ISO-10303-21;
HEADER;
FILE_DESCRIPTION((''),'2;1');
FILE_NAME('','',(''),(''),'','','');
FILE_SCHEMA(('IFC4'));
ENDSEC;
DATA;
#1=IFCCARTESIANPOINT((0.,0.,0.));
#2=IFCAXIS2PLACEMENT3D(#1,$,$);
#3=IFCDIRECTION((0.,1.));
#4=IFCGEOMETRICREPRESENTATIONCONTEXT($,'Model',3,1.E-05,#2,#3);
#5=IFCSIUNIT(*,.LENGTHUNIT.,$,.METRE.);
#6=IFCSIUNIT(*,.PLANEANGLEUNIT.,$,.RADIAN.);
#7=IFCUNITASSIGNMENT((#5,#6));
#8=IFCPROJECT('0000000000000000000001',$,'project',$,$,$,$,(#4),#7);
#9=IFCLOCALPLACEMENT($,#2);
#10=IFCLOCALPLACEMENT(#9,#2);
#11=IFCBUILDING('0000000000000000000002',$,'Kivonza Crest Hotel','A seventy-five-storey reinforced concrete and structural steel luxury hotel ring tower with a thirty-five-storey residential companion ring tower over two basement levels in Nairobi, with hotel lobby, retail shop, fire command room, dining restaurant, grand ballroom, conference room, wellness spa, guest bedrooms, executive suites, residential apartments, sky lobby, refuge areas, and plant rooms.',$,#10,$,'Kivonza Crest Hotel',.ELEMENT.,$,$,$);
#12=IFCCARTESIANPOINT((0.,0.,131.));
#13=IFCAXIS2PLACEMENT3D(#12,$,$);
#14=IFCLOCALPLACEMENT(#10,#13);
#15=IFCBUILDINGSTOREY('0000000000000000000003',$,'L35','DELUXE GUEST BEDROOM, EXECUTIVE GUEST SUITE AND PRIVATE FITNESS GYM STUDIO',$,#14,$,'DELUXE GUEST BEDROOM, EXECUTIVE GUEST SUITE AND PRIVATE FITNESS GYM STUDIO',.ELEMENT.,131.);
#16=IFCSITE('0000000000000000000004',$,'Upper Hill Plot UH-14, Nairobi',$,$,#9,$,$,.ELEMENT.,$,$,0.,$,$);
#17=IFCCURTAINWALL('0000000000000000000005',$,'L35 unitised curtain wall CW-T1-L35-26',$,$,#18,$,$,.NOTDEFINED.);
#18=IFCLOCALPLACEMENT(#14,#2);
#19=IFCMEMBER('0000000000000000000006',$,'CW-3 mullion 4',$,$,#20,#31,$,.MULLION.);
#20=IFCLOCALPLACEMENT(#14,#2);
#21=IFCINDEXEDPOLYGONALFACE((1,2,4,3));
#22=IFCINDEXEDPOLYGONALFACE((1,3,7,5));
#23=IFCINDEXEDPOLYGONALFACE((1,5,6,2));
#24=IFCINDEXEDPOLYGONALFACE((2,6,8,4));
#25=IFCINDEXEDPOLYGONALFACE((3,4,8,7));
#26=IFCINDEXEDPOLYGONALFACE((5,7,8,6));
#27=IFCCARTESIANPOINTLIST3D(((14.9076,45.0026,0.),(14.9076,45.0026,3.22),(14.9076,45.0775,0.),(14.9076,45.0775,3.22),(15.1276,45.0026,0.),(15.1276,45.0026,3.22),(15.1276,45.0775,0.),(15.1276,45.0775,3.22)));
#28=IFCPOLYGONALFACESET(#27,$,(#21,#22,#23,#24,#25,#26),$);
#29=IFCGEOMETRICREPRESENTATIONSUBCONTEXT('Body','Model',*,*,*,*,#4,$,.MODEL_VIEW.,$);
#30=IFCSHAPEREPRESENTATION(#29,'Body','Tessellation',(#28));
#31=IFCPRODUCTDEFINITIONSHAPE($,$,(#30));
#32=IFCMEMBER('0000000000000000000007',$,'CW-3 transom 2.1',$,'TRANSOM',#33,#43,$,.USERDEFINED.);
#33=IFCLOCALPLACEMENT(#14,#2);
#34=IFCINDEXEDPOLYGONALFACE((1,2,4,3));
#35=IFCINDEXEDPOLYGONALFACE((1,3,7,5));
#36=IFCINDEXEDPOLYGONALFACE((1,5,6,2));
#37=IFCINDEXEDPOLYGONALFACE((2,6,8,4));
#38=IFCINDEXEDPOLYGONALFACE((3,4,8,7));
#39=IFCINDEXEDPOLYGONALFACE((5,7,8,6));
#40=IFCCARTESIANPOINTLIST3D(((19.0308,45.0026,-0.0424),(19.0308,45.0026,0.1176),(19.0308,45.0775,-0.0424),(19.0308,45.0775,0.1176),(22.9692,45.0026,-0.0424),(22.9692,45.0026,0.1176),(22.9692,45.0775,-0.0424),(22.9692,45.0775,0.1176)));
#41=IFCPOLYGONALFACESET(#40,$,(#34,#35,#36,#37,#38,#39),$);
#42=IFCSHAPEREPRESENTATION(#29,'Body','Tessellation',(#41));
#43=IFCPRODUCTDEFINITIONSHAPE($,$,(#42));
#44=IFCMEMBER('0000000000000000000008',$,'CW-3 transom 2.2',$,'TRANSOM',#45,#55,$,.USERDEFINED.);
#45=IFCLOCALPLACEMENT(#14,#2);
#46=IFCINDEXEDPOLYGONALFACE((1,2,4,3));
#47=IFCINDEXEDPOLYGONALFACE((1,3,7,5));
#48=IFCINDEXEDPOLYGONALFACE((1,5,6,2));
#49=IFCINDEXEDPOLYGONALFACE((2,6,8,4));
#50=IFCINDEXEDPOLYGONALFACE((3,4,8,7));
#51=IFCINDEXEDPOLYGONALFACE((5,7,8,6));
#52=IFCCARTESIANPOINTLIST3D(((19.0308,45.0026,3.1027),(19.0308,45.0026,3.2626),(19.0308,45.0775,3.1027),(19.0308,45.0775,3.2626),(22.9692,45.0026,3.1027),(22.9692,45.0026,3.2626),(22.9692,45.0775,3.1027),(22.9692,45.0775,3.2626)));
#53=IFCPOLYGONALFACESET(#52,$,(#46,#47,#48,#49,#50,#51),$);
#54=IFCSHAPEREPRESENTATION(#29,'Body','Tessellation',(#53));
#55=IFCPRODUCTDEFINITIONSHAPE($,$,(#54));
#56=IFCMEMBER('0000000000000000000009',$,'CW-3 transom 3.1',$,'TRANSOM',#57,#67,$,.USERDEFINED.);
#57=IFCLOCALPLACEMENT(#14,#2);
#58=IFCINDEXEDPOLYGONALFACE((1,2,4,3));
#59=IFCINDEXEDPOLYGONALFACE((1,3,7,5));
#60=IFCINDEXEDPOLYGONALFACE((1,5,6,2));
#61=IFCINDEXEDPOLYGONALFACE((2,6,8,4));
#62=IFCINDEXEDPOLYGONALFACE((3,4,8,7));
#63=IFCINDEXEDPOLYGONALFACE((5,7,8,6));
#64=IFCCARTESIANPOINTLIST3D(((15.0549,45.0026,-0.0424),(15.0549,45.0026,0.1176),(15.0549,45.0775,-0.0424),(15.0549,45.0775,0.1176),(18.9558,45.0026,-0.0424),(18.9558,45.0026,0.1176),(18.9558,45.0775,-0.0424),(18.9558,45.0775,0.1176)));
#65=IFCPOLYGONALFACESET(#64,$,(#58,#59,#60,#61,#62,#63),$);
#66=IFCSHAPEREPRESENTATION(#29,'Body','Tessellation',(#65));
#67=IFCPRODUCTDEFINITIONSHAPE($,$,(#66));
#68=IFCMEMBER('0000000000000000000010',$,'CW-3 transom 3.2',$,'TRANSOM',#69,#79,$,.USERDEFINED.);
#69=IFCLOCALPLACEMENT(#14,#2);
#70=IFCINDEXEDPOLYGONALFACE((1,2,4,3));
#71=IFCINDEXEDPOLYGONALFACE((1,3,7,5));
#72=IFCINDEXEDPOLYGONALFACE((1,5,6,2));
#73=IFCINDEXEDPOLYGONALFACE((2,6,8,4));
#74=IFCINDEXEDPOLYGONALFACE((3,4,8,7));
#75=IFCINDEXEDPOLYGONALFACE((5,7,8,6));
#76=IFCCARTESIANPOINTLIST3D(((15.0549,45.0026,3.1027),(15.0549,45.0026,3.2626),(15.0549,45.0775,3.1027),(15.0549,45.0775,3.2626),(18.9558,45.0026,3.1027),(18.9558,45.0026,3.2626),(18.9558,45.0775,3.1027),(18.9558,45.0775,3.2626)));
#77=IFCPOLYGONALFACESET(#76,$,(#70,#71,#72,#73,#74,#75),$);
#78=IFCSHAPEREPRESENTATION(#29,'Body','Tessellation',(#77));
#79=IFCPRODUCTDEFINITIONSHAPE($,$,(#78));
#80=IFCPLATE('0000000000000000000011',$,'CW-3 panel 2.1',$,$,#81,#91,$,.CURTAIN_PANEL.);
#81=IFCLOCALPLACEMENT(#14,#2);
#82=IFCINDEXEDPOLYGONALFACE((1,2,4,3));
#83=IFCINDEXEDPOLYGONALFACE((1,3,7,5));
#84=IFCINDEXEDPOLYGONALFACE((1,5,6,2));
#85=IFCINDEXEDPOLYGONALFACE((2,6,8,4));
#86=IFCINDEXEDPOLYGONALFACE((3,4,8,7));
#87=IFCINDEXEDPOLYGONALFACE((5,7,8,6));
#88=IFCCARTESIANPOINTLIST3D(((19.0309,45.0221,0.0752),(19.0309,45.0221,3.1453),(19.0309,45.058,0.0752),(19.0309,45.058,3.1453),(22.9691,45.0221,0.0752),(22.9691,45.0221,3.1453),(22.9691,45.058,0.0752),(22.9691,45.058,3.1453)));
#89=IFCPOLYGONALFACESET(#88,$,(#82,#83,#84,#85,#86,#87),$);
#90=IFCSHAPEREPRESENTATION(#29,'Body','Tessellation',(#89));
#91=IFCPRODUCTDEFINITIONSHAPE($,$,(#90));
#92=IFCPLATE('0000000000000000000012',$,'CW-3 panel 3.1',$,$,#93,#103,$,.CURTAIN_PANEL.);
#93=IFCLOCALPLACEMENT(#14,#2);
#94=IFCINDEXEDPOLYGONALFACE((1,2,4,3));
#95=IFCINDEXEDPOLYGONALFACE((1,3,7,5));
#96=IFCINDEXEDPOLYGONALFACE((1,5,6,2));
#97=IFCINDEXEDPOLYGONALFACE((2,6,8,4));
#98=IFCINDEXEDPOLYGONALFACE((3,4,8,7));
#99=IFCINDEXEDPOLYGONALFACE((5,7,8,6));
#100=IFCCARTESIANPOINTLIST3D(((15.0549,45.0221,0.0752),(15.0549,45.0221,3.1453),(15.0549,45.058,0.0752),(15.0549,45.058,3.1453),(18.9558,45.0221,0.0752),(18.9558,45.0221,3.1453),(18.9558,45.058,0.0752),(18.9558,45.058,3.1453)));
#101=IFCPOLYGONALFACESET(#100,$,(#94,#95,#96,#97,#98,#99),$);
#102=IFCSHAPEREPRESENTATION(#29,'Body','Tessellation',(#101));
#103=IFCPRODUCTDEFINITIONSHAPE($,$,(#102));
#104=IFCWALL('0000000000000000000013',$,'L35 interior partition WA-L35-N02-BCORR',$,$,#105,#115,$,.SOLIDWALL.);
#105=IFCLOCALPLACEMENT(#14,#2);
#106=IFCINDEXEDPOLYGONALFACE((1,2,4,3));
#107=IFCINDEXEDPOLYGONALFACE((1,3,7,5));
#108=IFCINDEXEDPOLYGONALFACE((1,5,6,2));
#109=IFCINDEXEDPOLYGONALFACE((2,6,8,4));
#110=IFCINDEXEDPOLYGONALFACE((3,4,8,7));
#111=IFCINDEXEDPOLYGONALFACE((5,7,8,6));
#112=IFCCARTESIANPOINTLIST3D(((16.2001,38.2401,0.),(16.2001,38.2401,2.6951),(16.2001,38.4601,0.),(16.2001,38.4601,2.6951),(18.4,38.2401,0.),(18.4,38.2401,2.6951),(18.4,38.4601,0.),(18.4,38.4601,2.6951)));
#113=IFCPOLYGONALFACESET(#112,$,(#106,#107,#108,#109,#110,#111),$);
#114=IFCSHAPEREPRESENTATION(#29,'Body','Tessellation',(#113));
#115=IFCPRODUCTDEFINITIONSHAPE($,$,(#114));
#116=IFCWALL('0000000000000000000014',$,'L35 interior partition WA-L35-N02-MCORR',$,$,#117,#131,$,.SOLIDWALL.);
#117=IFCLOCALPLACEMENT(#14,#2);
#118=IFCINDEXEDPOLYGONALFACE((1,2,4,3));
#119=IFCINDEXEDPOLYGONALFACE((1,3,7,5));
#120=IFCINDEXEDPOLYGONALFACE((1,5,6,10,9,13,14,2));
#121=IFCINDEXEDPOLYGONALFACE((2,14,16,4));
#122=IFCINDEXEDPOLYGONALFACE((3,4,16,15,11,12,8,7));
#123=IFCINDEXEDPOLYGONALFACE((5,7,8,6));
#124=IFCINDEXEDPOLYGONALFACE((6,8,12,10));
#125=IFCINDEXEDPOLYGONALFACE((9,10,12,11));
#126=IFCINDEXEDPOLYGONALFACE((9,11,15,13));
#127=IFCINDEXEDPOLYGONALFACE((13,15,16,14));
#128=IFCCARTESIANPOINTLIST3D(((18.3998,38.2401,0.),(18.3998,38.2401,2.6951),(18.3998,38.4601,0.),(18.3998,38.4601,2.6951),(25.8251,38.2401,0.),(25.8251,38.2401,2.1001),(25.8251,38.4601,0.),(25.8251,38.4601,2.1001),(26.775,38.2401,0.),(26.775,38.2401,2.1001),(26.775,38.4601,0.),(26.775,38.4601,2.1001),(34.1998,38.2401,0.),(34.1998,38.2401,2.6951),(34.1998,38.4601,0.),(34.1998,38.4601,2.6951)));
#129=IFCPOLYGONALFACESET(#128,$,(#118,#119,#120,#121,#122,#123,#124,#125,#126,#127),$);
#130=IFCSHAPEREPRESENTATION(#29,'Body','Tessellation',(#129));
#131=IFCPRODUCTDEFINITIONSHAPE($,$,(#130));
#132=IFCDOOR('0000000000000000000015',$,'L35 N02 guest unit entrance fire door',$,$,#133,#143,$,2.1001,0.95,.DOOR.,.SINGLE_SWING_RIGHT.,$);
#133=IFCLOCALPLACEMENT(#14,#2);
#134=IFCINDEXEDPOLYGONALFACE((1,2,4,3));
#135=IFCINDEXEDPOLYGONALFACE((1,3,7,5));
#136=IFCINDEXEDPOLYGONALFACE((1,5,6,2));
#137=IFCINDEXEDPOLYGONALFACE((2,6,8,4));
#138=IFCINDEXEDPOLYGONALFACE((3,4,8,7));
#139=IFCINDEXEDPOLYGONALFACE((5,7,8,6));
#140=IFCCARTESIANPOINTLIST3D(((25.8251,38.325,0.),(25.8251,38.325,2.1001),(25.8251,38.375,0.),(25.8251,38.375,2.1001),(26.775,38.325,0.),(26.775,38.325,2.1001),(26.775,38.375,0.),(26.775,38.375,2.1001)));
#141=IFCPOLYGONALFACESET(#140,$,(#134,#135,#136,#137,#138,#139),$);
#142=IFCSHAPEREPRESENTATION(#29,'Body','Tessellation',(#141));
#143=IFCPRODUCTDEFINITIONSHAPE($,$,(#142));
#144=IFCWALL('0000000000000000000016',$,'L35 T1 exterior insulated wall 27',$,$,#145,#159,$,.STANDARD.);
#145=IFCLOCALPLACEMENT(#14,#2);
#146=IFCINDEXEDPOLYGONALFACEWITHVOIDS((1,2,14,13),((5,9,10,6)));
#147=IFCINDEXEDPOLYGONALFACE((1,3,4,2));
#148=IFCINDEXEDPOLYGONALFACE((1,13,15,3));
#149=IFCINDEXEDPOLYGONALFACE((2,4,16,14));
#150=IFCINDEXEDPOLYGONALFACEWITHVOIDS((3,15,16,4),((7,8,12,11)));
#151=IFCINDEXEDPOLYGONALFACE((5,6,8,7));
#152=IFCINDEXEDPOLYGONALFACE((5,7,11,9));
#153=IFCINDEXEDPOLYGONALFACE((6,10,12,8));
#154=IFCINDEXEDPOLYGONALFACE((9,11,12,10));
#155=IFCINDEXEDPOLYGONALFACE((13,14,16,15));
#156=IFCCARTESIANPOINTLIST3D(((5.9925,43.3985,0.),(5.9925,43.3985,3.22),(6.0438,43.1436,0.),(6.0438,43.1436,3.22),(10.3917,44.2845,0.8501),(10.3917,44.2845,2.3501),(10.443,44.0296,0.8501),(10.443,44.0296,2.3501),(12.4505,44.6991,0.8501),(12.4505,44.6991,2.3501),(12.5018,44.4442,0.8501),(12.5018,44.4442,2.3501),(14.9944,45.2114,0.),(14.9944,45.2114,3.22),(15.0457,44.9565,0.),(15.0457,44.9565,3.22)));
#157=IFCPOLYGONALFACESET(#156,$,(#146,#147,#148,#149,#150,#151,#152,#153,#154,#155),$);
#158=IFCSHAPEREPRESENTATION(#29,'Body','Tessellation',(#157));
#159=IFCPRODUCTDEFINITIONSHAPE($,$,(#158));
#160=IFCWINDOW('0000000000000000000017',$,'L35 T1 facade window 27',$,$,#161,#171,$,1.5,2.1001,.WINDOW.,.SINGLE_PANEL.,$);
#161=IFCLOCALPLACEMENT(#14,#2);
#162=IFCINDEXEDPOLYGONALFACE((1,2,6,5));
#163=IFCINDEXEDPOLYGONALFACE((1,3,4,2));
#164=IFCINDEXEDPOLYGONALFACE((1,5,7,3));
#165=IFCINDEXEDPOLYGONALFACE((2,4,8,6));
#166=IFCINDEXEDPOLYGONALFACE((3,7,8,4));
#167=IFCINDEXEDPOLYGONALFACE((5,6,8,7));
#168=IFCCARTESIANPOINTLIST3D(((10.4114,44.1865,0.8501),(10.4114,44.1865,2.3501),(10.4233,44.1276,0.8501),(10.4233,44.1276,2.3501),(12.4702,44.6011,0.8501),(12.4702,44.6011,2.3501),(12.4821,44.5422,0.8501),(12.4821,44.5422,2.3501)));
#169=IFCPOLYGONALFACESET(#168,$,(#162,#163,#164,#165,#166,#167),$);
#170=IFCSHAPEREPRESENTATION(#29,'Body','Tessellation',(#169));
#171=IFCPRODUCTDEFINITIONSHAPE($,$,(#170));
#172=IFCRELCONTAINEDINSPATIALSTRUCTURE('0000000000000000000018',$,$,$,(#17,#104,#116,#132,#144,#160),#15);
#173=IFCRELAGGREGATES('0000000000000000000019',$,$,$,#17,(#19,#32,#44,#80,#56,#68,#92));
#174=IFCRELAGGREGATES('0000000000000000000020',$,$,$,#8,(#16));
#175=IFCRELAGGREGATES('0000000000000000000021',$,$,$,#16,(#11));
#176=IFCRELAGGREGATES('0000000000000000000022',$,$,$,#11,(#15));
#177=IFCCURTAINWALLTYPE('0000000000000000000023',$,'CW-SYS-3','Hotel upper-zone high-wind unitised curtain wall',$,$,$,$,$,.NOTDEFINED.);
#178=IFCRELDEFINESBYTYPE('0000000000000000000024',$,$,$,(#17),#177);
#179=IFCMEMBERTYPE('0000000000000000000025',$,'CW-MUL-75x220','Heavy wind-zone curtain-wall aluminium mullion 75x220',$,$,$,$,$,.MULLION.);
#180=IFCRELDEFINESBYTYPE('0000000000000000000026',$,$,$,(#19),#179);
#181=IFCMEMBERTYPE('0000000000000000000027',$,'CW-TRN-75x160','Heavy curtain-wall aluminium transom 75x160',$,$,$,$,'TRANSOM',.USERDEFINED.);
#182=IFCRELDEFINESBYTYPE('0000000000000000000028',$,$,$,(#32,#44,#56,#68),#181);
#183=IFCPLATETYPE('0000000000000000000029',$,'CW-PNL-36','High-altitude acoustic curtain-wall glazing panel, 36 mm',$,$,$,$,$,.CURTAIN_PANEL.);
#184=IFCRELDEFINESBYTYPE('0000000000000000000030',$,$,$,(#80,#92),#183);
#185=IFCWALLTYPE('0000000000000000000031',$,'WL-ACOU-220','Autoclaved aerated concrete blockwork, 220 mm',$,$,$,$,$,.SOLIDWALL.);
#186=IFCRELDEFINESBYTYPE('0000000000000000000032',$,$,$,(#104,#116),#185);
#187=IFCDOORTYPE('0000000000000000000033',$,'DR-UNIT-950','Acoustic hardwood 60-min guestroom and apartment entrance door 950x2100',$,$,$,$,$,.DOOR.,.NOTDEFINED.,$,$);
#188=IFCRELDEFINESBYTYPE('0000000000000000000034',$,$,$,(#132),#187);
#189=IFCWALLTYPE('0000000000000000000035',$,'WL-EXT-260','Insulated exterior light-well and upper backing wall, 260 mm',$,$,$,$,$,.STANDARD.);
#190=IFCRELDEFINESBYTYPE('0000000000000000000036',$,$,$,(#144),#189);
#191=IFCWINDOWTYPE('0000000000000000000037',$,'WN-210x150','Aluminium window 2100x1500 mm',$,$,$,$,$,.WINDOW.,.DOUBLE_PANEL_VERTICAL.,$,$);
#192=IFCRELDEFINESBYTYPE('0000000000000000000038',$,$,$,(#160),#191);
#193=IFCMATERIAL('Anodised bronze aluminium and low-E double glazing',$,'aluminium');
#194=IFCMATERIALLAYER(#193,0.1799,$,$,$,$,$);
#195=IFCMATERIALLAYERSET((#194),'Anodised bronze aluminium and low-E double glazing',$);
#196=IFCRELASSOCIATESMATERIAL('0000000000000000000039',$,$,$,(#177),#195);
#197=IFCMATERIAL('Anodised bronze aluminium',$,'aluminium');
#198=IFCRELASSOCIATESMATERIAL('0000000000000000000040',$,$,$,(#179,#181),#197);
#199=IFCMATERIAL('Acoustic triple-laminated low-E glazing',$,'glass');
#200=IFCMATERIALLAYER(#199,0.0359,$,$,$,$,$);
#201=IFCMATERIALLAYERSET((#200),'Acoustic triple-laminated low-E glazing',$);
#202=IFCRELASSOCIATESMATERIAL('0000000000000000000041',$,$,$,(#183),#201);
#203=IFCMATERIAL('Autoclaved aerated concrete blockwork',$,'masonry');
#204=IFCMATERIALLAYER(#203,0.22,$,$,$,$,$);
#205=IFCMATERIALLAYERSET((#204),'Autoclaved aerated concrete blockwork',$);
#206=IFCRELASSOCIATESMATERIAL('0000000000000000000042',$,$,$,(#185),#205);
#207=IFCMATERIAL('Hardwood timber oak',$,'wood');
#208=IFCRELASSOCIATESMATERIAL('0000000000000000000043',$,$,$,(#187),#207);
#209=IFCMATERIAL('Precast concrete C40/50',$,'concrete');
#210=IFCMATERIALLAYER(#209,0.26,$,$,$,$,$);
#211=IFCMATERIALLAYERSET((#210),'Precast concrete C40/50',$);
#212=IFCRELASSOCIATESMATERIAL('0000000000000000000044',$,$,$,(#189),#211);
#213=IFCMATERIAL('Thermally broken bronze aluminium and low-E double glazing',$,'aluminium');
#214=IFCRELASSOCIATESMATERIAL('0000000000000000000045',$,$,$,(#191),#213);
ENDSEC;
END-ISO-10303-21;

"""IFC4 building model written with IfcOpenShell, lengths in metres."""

from ifc_helpers import new_model, si_unit, direction, frame, frame_2d, origin, origin_2d, place, context, subcontext, project, spatial, rectangle, extrude, material, layer, layer_set, material_profile, profile_set, type_object, element, fill, aggregate, save


model = new_model("IFC4")

# Units and contexts
model_context = context("Model", 3, precision=1e-05, world=origin(), true_north=direction((0.0, 1.0)))
body_context = subcontext(model_context, "Body", "Model", "MODEL_VIEW")
ifc_project = project(units=[si_unit("LENGTHUNIT", "METRE"), si_unit("PLANEANGLEUNIT", "RADIAN")], contexts=[model_context])

# Site, building, storey
site_placement = place(None, origin())
site = spatial("IfcSite", under=ifc_project, at=site_placement, Name="Upper Hill Plot UH-14, Nairobi", CompositionType="ELEMENT", RefElevation=0.0)
building_placement = place(site_placement, origin())
building = spatial("IfcBuilding", under=site, at=building_placement, Name="Kivonza Crest Hotel", Description="A seventy-five-storey reinforced concrete and structural steel luxury hotel ring tower with a thirty-five-storey residential companion ring tower over two basement levels in Nairobi, with hotel lobby, retail shop, fire command room, dining restaurant, grand ballroom, conference room, wellness spa, guest bedrooms, executive suites, residential apartments, sky lobby, refuge areas, and plant rooms.", LongName="Kivonza Crest Hotel", CompositionType="ELEMENT")
storey_placement = place(building_placement, frame((0.0, 0.0, 131.0)))
storey = spatial("IfcBuildingStorey", under=building, at=storey_placement, Name="L35", Description="DELUXE GUEST BEDROOM, EXECUTIVE GUEST SUITE AND PRIVATE FITNESS GYM STUDIO", LongName="DELUXE GUEST BEDROOM, EXECUTIVE GUEST SUITE AND PRIVATE FITNESS GYM STUDIO", CompositionType="ELEMENT", Elevation=131.0)

# Curtain wall, members, plates
ifc_material_1 = material(Name="Anodised bronze aluminium and low-E double glazing", Category="aluminium")
ifc_layer_1 = layer(ifc_material_1, 0.1799)
ifc_layer_set_1 = layer_set([ifc_layer_1], Name="Anodised bronze aluminium and low-E double glazing")
curtain_wall_type = type_object("IfcCurtainWallType", Name="CW-SYS-3", Description="Hotel upper-zone high-wind unitised curtain wall", PredefinedType="NOTDEFINED", material=ifc_layer_set_1)
curtain_wall_placement = place(storey_placement, origin())
curtain_wall = element("IfcCurtainWall", 1, at=curtain_wall_placement, inside=storey, type_object=curtain_wall_type, Name="L35 unitised curtain wall CW-T1-L35-26", PredefinedType="NOTDEFINED")
ifc_material_2 = material(Name="Anodised bronze aluminium", Category="aluminium")
ifc_material_profile_1 = material_profile(ifc_material_2, rectangle(XDim=0.075, YDim=0.22, at=origin_2d()), Name="CW-M 75x220")
ifc_profile_set_1 = profile_set([ifc_material_profile_1], Name="Anodised bronze aluminium")
member_type_1 = type_object("IfcMemberType", Name="CW-MUL-75x220", Description="Heavy wind-zone curtain-wall aluminium mullion 75x220", PredefinedType="MULLION", material=ifc_profile_set_1)
member_1_placement = place(storey_placement, frame((15.0176, 45.04, 0.0), z_axis=(0.0, 0.0, 1.0), x_axis=(0.0, -1.0, 0.0)))
member_1 = element("IfcMember", 2, at=member_1_placement, type_object=member_type_1, Name="CW-3 mullion 4", PredefinedType="MULLION", context=body_context, shape_type="SweptSolid", body=[
    extrude(rectangle(XDim=0.075, YDim=0.22, at=origin_2d()), origin(), (0.0, 0.0, 1.0), 3.22),
])
ifc_material_profile_2 = material_profile(ifc_material_2, rectangle(XDim=0.075, YDim=0.1599, at=origin_2d()), Name="CW-T 75x160")
ifc_profile_set_2 = profile_set([ifc_material_profile_2], Name="Anodised bronze aluminium")
member_type_2 = type_object("IfcMemberType", Name="CW-TRN-75x160", Description="Heavy curtain-wall aluminium transom 75x160", ElementType="TRANSOM", PredefinedType="USERDEFINED", material=ifc_profile_set_2)
member_2_placement = place(storey_placement, frame((22.9692, 45.04, 0.0376), z_axis=(-1.0, 0.0, 0.0), x_axis=(0.0, -1.0, 0.0)))
member_2 = element("IfcMember", 3, at=member_2_placement, type_object=member_type_2, Name="CW-3 transom 2.1", ObjectType="TRANSOM", PredefinedType="USERDEFINED", context=body_context, shape_type="SweptSolid", body=[
    extrude(rectangle(XDim=0.075, YDim=0.1599, at=origin_2d()), origin(), (0.0, 0.0, 1.0), 3.9385),
])
member_3_placement = place(storey_placement, frame((22.9692, 45.04, 3.1826), z_axis=(-1.0, 0.0, 0.0), x_axis=(0.0, -1.0, 0.0)))
member_3 = element("IfcMember", 4, at=member_3_placement, type_object=member_type_2, Name="CW-3 transom 2.2", ObjectType="TRANSOM", PredefinedType="USERDEFINED", context=body_context, shape_type="SweptSolid", body=[
    extrude(rectangle(XDim=0.075, YDim=0.1599, at=origin_2d()), origin(), (0.0, 0.0, 1.0), 3.9385),
])
member_4_placement = place(storey_placement, frame((18.9558, 45.04, 0.0376), z_axis=(-1.0, 0.0, 0.0), x_axis=(0.0, -1.0, 0.0)))
member_4 = element("IfcMember", 5, at=member_4_placement, type_object=member_type_2, Name="CW-3 transom 3.1", ObjectType="TRANSOM", PredefinedType="USERDEFINED", context=body_context, shape_type="SweptSolid", body=[
    extrude(rectangle(XDim=0.075, YDim=0.1599, at=origin_2d()), origin(), (0.0, 0.0, 1.0), 3.9009),
])
member_5_placement = place(storey_placement, frame((18.9558, 45.04, 3.1826), z_axis=(-1.0, 0.0, 0.0), x_axis=(0.0, -1.0, 0.0)))
member_5 = element("IfcMember", 6, at=member_5_placement, type_object=member_type_2, Name="CW-3 transom 3.2", ObjectType="TRANSOM", PredefinedType="USERDEFINED", context=body_context, shape_type="SweptSolid", body=[
    extrude(rectangle(XDim=0.075, YDim=0.1599, at=origin_2d()), origin(), (0.0, 0.0, 1.0), 3.9009),
])
ifc_material_3 = material(Name="Acoustic triple-laminated low-E glazing", Category="glass")
ifc_layer_2 = layer(ifc_material_3, 0.0359)
ifc_layer_set_2 = layer_set([ifc_layer_2], Name="Acoustic triple-laminated low-E glazing")
plate_type = type_object("IfcPlateType", Name="CW-PNL-36", Description="High-altitude acoustic curtain-wall glazing panel, 36 mm", PredefinedType="CURTAIN_PANEL", material=ifc_layer_set_2)
plate_1_placement = place(storey_placement, frame((21.0, 45.04, 0.0752), z_axis=(0.0, 0.0, 1.0), x_axis=(-1.0, 0.0, 0.0)))
plate_1 = element("IfcPlate", 7, at=plate_1_placement, type_object=plate_type, Name="CW-3 panel 2.1", PredefinedType="CURTAIN_PANEL", context=body_context, shape_type="SweptSolid", body=[
    extrude(rectangle(XDim=3.9382, YDim=0.0359, at=origin_2d()), origin(), (0.0, 0.0, 1.0), 3.0701),
])
plate_2_placement = place(storey_placement, frame((17.0054, 45.04, 0.0752), z_axis=(0.0, 0.0, 1.0), x_axis=(-1.0, 0.0, 0.0)))
plate_2 = element("IfcPlate", 8, at=plate_2_placement, type_object=plate_type, Name="CW-3 panel 3.1", PredefinedType="CURTAIN_PANEL", context=body_context, shape_type="SweptSolid", body=[
    extrude(rectangle(XDim=3.9009, YDim=0.0359, at=origin_2d()), origin(), (0.0, 0.0, 1.0), 3.0701),
])
aggregate(curtain_wall, [member_1, member_2, member_3, plate_1, member_4, member_5, plate_2])

# Wall
ifc_material_4 = material(Name="Autoclaved aerated concrete blockwork", Category="masonry")
ifc_layer_3 = layer(ifc_material_4, 0.22)
ifc_layer_set_3 = layer_set([ifc_layer_3], Name="Autoclaved aerated concrete blockwork")
wall_type_1 = type_object("IfcWallType", Name="WL-ACOU-220", Description="Autoclaved aerated concrete blockwork, 220 mm", PredefinedType="SOLIDWALL", material=ifc_layer_set_3)
wall_1_placement = place(storey_placement, frame((16.2, 38.3501, 0.0), z_axis=(0.0, 0.0, 1.0), x_axis=(1.0, 0.0, 0.0)))
element("IfcWall", 9, at=wall_1_placement, inside=storey, type_object=wall_type_1, Name="L35 interior partition WA-L35-N02-BCORR", PredefinedType="SOLIDWALL", context=body_context, shape_type="SweptSolid", body=[
    extrude(rectangle(XDim=2.2, YDim=0.22, at=frame_2d((1.1001, 0.0))), origin(), (0.0, 0.0, 1.0), 2.6951),
])

# Wall, opening, door
wall_2_placement = place(storey_placement, frame((18.3999, 38.3501, 0.0), z_axis=(0.0, 0.0, 1.0), x_axis=(1.0, 0.0, 0.0)))
wall_2 = element("IfcWall", 10, at=wall_2_placement, inside=storey, type_object=wall_type_1, Name="L35 interior partition WA-L35-N02-MCORR", PredefinedType="SOLIDWALL", context=body_context, shape_type="SweptSolid", body=[
    extrude(rectangle(XDim=15.8, YDim=0.22, at=frame_2d((7.8999, 0.0))), origin(), (0.0, 0.0, 1.0), 2.6951),
])
opening_1_placement = place(wall_2_placement, frame((7.425, 0.0, 0.0)))
opening_1 = element("IfcOpeningElement", 11, at=opening_1_placement, cuts=wall_2, PredefinedType="OPENING", context=body_context, shape_type="SweptSolid", body=[
    extrude(rectangle(XDim=0.95, YDim=2.1001, at=frame_2d((0.4751, 1.05))), frame((0.0, 0.1201, 0.0), z_axis=(0.0, -1.0, 0.0), x_axis=(1.0, 0.0, 0.0)), (0.0, 0.0, 1.0), 0.24),
])
ifc_material_5 = material(Name="Hardwood timber oak", Category="wood")
door_type_1 = type_object("IfcDoorType", Name="DR-UNIT-950", Description="Acoustic hardwood 60-min guestroom and apartment entrance door 950x2100", OperationType="NOTDEFINED", PredefinedType="DOOR", material=ifc_material_5)
door_1_placement = place(opening_1_placement, origin())
door_1 = element("IfcDoor", 12, at=door_1_placement, inside=storey, type_object=door_type_1, Name="L35 N02 guest unit entrance fire door", OperationType="SINGLE_SWING_RIGHT", OverallHeight=2.1001, OverallWidth=0.95, PredefinedType="DOOR", context=body_context, shape_type="SweptSolid", body=[
    extrude(rectangle(XDim=0.95, YDim=2.1001, at=frame_2d((0.4751, 1.05))), frame((0.0, 0.0249, 0.0), z_axis=(0.0, -1.0, 0.0), x_axis=(1.0, 0.0, 0.0)), (0.0, 0.0, 1.0), 0.05),
])
fill(opening_1, door_1)

# Wall, opening, window
ifc_material_6 = material(Name="Precast concrete C40/50", Category="concrete")
ifc_layer_4 = layer(ifc_material_6, 0.26)
ifc_layer_set_4 = layer_set([ifc_layer_4], Name="Precast concrete C40/50")
wall_type_2 = type_object("IfcWallType", Name="WL-EXT-260", Description="Insulated exterior light-well and upper backing wall, 260 mm", PredefinedType="STANDARD", material=ifc_layer_set_4)
wall_3_placement = place(storey_placement, frame((15.02, 45.084, 0.0), z_axis=(0.0, 0.0, 1.0), x_axis=(-0.980316, -0.197435, 0.0)))
wall_3 = element("IfcWall", 13, at=wall_3_placement, inside=storey, type_object=wall_type_2, Name="L35 T1 exterior insulated wall 27", PredefinedType="STANDARD", context=body_context, shape_type="SweptSolid", body=[
    extrude(rectangle(XDim=9.1826, YDim=0.26, at=frame_2d((4.5913, 0.0))), origin(), (0.0, 0.0, 1.0), 3.22),
])
opening_2_placement = place(wall_3_placement, frame((2.595, 0.0, 0.8501)))
opening_2 = element("IfcOpeningElement", 14, at=opening_2_placement, cuts=wall_3, PredefinedType="OPENING", context=body_context, shape_type="SweptSolid", body=[
    extrude(rectangle(XDim=2.1001, YDim=1.5, at=frame_2d((1.05, 0.75))), frame((0.0, 0.1401, 0.0), z_axis=(0.0, -1.0, 0.0), x_axis=(1.0, 0.0, 0.0)), (0.0, 0.0, 1.0), 0.28),
])
ifc_material_7 = material(Name="Thermally broken bronze aluminium and low-E double glazing", Category="aluminium")
window_type = type_object("IfcWindowType", Name="WN-210x150", Description="Aluminium window 2100x1500 mm", PartitioningType="DOUBLE_PANEL_VERTICAL", PredefinedType="WINDOW", material=ifc_material_7)
window_placement = place(opening_2_placement, origin())
window = element("IfcWindow", 15, at=window_placement, inside=storey, type_object=window_type, Name="L35 T1 facade window 27", OverallHeight=1.5, OverallWidth=2.1001, PartitioningType="SINGLE_PANEL", PredefinedType="WINDOW", context=body_context, shape_type="SweptSolid", body=[
    extrude(rectangle(XDim=2.1001, YDim=1.5, at=frame_2d((1.05, 0.75))), frame((0.0, 0.03, 0.0), z_axis=(0.0, -1.0, 0.0), x_axis=(1.0, 0.0, 0.0)), (0.0, 0.0, 1.0), 0.0601),
])
fill(opening_2, window)

save(model, "model.ifc")
